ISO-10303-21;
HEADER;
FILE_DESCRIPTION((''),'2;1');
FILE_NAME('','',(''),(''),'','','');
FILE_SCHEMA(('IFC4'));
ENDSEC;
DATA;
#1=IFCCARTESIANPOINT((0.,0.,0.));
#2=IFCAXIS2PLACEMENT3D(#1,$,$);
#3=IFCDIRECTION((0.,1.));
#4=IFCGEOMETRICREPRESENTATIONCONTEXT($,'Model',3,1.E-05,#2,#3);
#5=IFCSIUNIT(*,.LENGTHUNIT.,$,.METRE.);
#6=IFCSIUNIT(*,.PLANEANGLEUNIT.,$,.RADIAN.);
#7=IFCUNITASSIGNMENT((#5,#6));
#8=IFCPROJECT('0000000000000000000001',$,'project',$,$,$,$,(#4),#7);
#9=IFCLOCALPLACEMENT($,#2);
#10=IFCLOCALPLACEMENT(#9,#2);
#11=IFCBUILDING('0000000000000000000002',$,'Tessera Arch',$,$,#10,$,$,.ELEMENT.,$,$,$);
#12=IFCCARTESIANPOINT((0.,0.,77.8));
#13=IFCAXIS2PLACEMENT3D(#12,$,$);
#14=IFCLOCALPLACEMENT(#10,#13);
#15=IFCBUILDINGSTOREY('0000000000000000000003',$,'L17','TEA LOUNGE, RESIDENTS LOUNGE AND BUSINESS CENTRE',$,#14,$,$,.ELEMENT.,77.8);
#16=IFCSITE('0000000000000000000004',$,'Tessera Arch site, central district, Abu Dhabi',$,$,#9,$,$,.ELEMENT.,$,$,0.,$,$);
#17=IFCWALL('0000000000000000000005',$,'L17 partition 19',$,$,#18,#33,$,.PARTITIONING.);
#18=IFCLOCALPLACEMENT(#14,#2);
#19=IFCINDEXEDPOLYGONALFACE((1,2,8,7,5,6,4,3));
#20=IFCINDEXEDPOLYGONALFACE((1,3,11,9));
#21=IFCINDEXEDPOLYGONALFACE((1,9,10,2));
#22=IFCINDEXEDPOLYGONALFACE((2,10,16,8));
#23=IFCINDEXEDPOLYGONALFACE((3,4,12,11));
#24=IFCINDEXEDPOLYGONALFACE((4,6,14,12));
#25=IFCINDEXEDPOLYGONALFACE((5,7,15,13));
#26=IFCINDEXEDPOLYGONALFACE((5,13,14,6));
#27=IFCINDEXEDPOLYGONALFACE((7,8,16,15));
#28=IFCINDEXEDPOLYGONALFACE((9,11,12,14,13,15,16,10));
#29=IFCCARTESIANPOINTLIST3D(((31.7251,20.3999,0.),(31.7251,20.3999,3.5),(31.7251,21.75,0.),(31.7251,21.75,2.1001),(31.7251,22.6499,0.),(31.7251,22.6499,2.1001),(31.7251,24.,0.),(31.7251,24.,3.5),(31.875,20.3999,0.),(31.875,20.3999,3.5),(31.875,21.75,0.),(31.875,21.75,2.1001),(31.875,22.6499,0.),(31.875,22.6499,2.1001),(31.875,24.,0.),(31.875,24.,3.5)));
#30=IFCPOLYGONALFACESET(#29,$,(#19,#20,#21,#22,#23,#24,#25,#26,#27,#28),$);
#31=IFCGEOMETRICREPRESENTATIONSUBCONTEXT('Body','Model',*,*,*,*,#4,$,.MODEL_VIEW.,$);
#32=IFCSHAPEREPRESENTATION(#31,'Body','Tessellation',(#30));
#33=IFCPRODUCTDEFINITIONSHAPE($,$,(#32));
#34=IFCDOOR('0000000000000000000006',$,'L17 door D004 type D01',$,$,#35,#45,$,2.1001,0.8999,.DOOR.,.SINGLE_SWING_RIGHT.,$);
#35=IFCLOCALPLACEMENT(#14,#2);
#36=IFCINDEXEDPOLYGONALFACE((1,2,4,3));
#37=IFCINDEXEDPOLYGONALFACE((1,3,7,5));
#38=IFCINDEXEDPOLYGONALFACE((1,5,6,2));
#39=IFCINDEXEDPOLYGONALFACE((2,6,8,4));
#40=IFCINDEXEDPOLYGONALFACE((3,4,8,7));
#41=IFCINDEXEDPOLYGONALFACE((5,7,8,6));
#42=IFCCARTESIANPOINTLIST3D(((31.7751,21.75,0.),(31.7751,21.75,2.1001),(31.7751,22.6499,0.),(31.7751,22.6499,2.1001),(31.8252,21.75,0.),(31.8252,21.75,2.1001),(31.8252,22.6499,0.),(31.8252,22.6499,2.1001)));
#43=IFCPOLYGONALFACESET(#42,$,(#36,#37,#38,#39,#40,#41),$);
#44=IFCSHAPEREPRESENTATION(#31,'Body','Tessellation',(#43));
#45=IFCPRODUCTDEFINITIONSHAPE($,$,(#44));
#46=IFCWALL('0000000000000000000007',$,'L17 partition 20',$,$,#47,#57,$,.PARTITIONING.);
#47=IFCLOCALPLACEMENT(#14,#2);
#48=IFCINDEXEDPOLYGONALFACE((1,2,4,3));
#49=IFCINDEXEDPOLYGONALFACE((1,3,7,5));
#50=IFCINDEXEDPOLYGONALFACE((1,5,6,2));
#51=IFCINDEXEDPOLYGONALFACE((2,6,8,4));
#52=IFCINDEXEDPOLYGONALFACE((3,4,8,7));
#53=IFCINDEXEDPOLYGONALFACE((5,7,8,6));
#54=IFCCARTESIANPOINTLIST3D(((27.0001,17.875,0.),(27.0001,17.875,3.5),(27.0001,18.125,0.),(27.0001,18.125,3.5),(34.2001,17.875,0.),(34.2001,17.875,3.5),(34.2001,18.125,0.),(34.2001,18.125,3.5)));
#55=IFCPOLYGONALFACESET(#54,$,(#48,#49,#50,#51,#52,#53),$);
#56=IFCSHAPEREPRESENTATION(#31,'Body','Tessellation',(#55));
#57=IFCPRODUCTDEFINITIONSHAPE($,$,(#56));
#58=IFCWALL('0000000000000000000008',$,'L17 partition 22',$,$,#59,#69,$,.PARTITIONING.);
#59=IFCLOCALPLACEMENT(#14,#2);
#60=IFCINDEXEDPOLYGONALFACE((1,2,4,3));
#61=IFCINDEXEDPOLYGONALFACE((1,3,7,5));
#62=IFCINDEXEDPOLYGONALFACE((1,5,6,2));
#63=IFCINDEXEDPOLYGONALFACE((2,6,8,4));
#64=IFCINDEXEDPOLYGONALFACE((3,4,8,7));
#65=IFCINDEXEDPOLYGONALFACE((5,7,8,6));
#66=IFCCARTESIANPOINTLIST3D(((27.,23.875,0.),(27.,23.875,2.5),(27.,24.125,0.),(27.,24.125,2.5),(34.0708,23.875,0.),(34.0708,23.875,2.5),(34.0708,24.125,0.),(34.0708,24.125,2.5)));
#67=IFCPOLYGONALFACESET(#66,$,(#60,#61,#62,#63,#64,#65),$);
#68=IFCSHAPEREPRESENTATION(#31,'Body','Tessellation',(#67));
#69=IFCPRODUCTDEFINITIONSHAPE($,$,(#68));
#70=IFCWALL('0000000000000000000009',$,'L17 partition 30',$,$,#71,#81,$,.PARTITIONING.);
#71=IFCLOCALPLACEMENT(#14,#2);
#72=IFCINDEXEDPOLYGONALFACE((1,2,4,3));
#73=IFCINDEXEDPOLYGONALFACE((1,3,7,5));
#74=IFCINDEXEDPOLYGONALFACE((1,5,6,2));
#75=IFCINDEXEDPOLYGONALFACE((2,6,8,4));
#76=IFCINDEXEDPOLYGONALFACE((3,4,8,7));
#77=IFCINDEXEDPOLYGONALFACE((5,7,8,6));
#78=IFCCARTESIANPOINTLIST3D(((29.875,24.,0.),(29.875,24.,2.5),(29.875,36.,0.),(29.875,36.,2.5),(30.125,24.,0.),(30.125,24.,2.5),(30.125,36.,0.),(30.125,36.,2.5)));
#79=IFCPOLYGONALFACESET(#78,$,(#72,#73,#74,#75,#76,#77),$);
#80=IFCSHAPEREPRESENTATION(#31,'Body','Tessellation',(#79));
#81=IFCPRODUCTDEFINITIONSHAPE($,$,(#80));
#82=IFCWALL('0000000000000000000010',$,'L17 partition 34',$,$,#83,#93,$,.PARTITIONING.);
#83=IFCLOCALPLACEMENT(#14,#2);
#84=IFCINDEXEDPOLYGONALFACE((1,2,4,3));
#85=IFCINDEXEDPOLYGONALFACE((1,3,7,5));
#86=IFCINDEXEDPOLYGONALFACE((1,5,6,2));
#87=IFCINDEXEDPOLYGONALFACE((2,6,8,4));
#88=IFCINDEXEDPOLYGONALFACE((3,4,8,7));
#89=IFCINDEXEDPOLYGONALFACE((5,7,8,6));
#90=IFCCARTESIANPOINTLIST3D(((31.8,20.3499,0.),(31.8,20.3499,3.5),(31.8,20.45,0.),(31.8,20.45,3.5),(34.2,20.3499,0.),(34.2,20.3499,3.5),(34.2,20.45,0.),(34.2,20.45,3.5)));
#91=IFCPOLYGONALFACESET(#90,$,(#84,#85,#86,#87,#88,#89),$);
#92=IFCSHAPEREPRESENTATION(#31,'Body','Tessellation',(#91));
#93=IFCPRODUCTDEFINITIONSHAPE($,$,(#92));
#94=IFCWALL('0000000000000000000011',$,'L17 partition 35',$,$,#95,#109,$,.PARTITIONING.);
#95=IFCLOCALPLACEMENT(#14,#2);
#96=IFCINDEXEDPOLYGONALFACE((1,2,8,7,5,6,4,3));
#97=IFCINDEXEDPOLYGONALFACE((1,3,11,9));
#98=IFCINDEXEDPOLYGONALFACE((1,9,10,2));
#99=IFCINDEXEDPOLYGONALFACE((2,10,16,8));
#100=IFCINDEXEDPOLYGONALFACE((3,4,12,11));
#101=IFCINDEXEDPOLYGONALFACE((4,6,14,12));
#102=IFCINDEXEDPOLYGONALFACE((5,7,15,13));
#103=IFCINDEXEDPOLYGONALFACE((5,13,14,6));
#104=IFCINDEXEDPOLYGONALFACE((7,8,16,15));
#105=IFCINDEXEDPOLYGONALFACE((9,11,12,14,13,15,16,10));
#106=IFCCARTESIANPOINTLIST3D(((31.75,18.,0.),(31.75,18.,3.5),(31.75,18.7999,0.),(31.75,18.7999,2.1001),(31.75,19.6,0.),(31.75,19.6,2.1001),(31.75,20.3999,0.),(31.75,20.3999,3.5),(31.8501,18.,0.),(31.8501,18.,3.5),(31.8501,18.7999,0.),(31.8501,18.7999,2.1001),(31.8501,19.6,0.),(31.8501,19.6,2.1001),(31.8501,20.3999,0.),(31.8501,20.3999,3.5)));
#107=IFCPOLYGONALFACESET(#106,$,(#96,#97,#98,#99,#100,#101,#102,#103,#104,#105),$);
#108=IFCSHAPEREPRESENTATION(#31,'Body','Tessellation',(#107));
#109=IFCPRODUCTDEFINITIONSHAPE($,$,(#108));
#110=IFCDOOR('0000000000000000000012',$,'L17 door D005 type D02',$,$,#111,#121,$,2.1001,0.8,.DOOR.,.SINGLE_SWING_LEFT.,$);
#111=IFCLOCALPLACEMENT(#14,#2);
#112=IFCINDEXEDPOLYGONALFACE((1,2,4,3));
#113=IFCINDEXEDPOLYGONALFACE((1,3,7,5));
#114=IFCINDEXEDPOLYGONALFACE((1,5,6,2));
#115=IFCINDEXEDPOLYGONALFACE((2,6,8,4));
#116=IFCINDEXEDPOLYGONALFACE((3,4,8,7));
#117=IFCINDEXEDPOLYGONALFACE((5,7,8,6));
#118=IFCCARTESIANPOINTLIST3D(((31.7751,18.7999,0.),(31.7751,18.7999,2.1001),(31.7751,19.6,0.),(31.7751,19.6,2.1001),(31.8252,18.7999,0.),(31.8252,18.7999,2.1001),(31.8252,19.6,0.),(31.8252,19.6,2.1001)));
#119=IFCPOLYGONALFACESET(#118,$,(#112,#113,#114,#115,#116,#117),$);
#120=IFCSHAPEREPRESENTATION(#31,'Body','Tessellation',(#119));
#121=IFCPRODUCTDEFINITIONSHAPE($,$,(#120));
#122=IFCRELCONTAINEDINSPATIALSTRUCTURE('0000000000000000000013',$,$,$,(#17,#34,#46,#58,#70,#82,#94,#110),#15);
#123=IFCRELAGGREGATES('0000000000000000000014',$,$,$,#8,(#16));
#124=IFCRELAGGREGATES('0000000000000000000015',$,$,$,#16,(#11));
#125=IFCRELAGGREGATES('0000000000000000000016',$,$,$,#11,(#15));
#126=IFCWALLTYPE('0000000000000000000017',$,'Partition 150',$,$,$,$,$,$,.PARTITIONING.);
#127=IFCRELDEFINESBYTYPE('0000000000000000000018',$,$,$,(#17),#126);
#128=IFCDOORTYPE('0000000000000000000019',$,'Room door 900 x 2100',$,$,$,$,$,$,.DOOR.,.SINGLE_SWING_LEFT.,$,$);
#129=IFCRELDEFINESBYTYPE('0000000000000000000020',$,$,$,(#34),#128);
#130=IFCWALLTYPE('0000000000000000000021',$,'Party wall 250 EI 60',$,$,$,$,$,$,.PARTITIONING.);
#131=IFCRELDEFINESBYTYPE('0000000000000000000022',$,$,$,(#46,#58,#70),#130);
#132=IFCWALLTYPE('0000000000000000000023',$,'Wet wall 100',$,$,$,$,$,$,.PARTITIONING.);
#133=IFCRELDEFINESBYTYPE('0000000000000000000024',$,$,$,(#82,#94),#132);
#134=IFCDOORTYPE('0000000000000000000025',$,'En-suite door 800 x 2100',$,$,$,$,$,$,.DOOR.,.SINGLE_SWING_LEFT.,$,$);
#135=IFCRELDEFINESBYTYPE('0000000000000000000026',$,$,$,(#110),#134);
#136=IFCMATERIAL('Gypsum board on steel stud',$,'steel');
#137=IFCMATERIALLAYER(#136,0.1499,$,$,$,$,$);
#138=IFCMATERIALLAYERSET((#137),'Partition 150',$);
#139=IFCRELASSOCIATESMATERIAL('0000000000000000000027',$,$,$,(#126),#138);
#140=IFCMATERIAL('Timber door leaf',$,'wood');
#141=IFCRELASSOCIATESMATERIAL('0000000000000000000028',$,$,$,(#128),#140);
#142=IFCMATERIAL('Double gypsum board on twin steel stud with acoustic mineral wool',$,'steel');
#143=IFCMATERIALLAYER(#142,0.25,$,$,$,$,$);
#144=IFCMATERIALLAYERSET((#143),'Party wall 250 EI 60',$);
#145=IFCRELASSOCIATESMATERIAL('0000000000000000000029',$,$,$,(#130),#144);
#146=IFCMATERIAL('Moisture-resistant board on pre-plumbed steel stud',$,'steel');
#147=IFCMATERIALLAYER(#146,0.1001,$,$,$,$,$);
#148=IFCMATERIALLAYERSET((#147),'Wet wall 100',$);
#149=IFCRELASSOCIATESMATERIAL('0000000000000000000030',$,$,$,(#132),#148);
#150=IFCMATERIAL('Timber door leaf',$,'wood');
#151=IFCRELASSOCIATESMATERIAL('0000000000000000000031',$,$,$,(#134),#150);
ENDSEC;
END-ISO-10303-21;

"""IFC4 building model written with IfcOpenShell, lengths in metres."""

from ifc_helpers import new_model, si_unit, direction, frame, frame_2d, origin, place, context, subcontext, project, spatial, rectangle, extrude, material, layer, layer_set, type_object, element, fill, save


model = new_model("IFC4")

# Units and contexts
model_context = context("Model", 3, precision=1e-05, world=origin(), true_north=direction((0.0, 1.0)))
body_context = subcontext(model_context, "Body", "Model", "MODEL_VIEW")
ifc_project = project(units=[si_unit("LENGTHUNIT", "METRE"), si_unit("PLANEANGLEUNIT", "RADIAN")], contexts=[model_context])

# Site, building, storey
site_placement = place(None, origin())
site = spatial("IfcSite", under=ifc_project, at=site_placement, Name="Tessera Arch site, central district, Abu Dhabi", CompositionType="ELEMENT", RefElevation=0.0)
building_placement = place(site_placement, origin())
building = spatial("IfcBuilding", under=site, at=building_placement, Name="Tessera Arch", CompositionType="ELEMENT")
storey_placement = place(building_placement, frame((0.0, 0.0, 77.8)))
storey = spatial("IfcBuildingStorey", under=building, at=storey_placement, Name="L17", Description="TEA LOUNGE, RESIDENTS LOUNGE AND BUSINESS CENTRE", CompositionType="ELEMENT", Elevation=77.8)

# Wall, opening, door
ifc_material_1 = material(Name="Gypsum board on steel stud", Category="steel")
ifc_layer_1 = layer(ifc_material_1, 0.1499)
ifc_layer_set_1 = layer_set([ifc_layer_1], Name="Partition 150")
wall_type_1 = type_object("IfcWallType", Name="Partition 150", PredefinedType="PARTITIONING", material=ifc_layer_set_1)
wall_1_placement = place(storey_placement, frame((31.8, 20.3999, 0.0), z_axis=(0.0, 0.0, 1.0), x_axis=(0.0, 1.0, 0.0)))
wall_1 = element("IfcWall", 1, at=wall_1_placement, inside=storey, type_object=wall_type_1, Name="L17 partition 19", PredefinedType="PARTITIONING", context=body_context, shape_type="SweptSolid", body=[
    extrude(rectangle(XDim=3.6001, YDim=0.1499, at=frame_2d((1.8, 0.0))), origin(), (0.0, 0.0, 1.0), 3.5),
])
opening_1_placement = place(wall_1_placement, frame((1.3501, 0.0, 0.0)))
opening_1 = element("IfcOpeningElement", 2, at=opening_1_placement, cuts=wall_1, PredefinedType="OPENING", context=body_context, shape_type="SweptSolid", body=[
    extrude(rectangle(XDim=0.8999, YDim=2.1001, at=frame_2d((0.45, 1.05))), frame((0.0, 0.085, 0.0), z_axis=(0.0, -1.0, 0.0), x_axis=(1.0, 0.0, 0.0)), (0.0, 0.0, 1.0), 0.1699),
])
ifc_material_2 = material(Name="Timber door leaf", Category="wood")
door_type_1 = type_object("IfcDoorType", Name="Room door 900 x 2100", OperationType="SINGLE_SWING_LEFT", PredefinedType="DOOR", material=ifc_material_2)
door_1_placement = place(opening_1_placement, origin())
door_1 = element("IfcDoor", 3, at=door_1_placement, inside=storey, type_object=door_type_1, Name="L17 door D004 type D01", OperationType="SINGLE_SWING_RIGHT", OverallHeight=2.1001, OverallWidth=0.8999, PredefinedType="DOOR", context=body_context, shape_type="SweptSolid", body=[
    extrude(rectangle(XDim=0.8999, YDim=2.1001, at=frame_2d((0.45, 1.05))), frame((0.0, 0.0249, 0.0), z_axis=(0.0, -1.0, 0.0), x_axis=(1.0, 0.0, 0.0)), (0.0, 0.0, 1.0), 0.05),
])
fill(opening_1, door_1)

# Walls
ifc_material_3 = material(Name="Double gypsum board on twin steel stud with acoustic mineral wool", Category="steel")
ifc_layer_2 = layer(ifc_material_3, 0.25)
ifc_layer_set_2 = layer_set([ifc_layer_2], Name="Party wall 250 EI 60")
wall_type_2 = type_object("IfcWallType", Name="Party wall 250 EI 60", PredefinedType="PARTITIONING", material=ifc_layer_set_2)
wall_2_placement = place(storey_placement, frame((27.0, 18.0, 0.0), z_axis=(0.0, 0.0, 1.0), x_axis=(1.0, 0.0, 0.0)))
element("IfcWall", 4, at=wall_2_placement, inside=storey, type_object=wall_type_2, Name="L17 partition 20", PredefinedType="PARTITIONING", context=body_context, shape_type="SweptSolid", body=[
    extrude(rectangle(XDim=7.2, YDim=0.25, at=frame_2d((3.6001, 0.0))), origin(), (0.0, 0.0, 1.0), 3.5),
])
wall_3_placement = place(storey_placement, frame((27.0, 24.0, 0.0), z_axis=(0.0, 0.0, 1.0), x_axis=(1.0, 0.0, 0.0)))
element("IfcWall", 5, at=wall_3_placement, inside=storey, type_object=wall_type_2, Name="L17 partition 22", PredefinedType="PARTITIONING", context=body_context, shape_type="SweptSolid", body=[
    extrude(rectangle(XDim=7.0708, YDim=0.25, at=frame_2d((3.5354, 0.0))), origin(), (0.0, 0.0, 1.0), 2.5),
])
wall_4_placement = place(storey_placement, frame((30.0, 24.0, 0.0), z_axis=(0.0, 0.0, 1.0), x_axis=(0.0, 1.0, 0.0)))
element("IfcWall", 6, at=wall_4_placement, inside=storey, type_object=wall_type_2, Name="L17 partition 30", PredefinedType="PARTITIONING", context=body_context, shape_type="SweptSolid", body=[
    extrude(rectangle(XDim=12.0, YDim=0.25, at=frame_2d((6.0, 0.0))), origin(), (0.0, 0.0, 1.0), 2.5),
])
ifc_material_4 = material(Name="Moisture-resistant board on pre-plumbed steel stud", Category="steel")
ifc_layer_3 = layer(ifc_material_4, 0.1001)
ifc_layer_set_3 = layer_set([ifc_layer_3], Name="Wet wall 100")
wall_type_3 = type_object("IfcWallType", Name="Wet wall 100", PredefinedType="PARTITIONING", material=ifc_layer_set_3)
wall_5_placement = place(storey_placement, frame((31.8, 20.3999, 0.0), z_axis=(0.0, 0.0, 1.0), x_axis=(1.0, 0.0, 0.0)))
element("IfcWall", 7, at=wall_5_placement, inside=storey, type_object=wall_type_3, Name="L17 partition 34", PredefinedType="PARTITIONING", context=body_context, shape_type="SweptSolid", body=[
    extrude(rectangle(XDim=2.3999, YDim=0.1001, at=frame_2d((1.2, 0.0))), origin(), (0.0, 0.0, 1.0), 3.5),
])

# Wall, opening, door
wall_6_placement = place(storey_placement, frame((31.8, 18.0, 0.0), z_axis=(0.0, 0.0, 1.0), x_axis=(0.0, 1.0, 0.0)))
wall_6 = element("IfcWall", 8, at=wall_6_placement, inside=storey, type_object=wall_type_3, Name="L17 partition 35", PredefinedType="PARTITIONING", context=body_context, shape_type="SweptSolid", body=[
    extrude(rectangle(XDim=2.3999, YDim=0.1001, at=frame_2d((1.2, 0.0))), origin(), (0.0, 0.0, 1.0), 3.5),
])
opening_2_placement = place(wall_6_placement, frame((0.8, 0.0, 0.0)))
opening_2 = element("IfcOpeningElement", 9, at=opening_2_placement, cuts=wall_6, PredefinedType="OPENING", context=body_context, shape_type="SweptSolid", body=[
    extrude(rectangle(XDim=0.8, YDim=2.1001, at=frame_2d((0.3999, 1.05))), frame((0.0, 0.0601, 0.0), z_axis=(0.0, -1.0, 0.0), x_axis=(1.0, 0.0, 0.0)), (0.0, 0.0, 1.0), 0.1201),
])
ifc_material_5 = material(Name="Timber door leaf", Category="wood")
door_type_2 = type_object("IfcDoorType", Name="En-suite door 800 x 2100", OperationType="SINGLE_SWING_LEFT", PredefinedType="DOOR", material=ifc_material_5)
door_2_placement = place(opening_2_placement, origin())
door_2 = element("IfcDoor", 10, at=door_2_placement, inside=storey, type_object=door_type_2, Name="L17 door D005 type D02", OperationType="SINGLE_SWING_LEFT", OverallHeight=2.1001, OverallWidth=0.8, PredefinedType="DOOR", context=body_context, shape_type="SweptSolid", body=[
    extrude(rectangle(XDim=0.8, YDim=2.1001, at=frame_2d((0.3999, 1.05))), frame((0.0, 0.0249, 0.0), z_axis=(0.0, -1.0, 0.0), x_axis=(1.0, 0.0, 0.0)), (0.0, 0.0, 1.0), 0.05),
])
fill(opening_2, door_2)

save(model, "model.ifc")
